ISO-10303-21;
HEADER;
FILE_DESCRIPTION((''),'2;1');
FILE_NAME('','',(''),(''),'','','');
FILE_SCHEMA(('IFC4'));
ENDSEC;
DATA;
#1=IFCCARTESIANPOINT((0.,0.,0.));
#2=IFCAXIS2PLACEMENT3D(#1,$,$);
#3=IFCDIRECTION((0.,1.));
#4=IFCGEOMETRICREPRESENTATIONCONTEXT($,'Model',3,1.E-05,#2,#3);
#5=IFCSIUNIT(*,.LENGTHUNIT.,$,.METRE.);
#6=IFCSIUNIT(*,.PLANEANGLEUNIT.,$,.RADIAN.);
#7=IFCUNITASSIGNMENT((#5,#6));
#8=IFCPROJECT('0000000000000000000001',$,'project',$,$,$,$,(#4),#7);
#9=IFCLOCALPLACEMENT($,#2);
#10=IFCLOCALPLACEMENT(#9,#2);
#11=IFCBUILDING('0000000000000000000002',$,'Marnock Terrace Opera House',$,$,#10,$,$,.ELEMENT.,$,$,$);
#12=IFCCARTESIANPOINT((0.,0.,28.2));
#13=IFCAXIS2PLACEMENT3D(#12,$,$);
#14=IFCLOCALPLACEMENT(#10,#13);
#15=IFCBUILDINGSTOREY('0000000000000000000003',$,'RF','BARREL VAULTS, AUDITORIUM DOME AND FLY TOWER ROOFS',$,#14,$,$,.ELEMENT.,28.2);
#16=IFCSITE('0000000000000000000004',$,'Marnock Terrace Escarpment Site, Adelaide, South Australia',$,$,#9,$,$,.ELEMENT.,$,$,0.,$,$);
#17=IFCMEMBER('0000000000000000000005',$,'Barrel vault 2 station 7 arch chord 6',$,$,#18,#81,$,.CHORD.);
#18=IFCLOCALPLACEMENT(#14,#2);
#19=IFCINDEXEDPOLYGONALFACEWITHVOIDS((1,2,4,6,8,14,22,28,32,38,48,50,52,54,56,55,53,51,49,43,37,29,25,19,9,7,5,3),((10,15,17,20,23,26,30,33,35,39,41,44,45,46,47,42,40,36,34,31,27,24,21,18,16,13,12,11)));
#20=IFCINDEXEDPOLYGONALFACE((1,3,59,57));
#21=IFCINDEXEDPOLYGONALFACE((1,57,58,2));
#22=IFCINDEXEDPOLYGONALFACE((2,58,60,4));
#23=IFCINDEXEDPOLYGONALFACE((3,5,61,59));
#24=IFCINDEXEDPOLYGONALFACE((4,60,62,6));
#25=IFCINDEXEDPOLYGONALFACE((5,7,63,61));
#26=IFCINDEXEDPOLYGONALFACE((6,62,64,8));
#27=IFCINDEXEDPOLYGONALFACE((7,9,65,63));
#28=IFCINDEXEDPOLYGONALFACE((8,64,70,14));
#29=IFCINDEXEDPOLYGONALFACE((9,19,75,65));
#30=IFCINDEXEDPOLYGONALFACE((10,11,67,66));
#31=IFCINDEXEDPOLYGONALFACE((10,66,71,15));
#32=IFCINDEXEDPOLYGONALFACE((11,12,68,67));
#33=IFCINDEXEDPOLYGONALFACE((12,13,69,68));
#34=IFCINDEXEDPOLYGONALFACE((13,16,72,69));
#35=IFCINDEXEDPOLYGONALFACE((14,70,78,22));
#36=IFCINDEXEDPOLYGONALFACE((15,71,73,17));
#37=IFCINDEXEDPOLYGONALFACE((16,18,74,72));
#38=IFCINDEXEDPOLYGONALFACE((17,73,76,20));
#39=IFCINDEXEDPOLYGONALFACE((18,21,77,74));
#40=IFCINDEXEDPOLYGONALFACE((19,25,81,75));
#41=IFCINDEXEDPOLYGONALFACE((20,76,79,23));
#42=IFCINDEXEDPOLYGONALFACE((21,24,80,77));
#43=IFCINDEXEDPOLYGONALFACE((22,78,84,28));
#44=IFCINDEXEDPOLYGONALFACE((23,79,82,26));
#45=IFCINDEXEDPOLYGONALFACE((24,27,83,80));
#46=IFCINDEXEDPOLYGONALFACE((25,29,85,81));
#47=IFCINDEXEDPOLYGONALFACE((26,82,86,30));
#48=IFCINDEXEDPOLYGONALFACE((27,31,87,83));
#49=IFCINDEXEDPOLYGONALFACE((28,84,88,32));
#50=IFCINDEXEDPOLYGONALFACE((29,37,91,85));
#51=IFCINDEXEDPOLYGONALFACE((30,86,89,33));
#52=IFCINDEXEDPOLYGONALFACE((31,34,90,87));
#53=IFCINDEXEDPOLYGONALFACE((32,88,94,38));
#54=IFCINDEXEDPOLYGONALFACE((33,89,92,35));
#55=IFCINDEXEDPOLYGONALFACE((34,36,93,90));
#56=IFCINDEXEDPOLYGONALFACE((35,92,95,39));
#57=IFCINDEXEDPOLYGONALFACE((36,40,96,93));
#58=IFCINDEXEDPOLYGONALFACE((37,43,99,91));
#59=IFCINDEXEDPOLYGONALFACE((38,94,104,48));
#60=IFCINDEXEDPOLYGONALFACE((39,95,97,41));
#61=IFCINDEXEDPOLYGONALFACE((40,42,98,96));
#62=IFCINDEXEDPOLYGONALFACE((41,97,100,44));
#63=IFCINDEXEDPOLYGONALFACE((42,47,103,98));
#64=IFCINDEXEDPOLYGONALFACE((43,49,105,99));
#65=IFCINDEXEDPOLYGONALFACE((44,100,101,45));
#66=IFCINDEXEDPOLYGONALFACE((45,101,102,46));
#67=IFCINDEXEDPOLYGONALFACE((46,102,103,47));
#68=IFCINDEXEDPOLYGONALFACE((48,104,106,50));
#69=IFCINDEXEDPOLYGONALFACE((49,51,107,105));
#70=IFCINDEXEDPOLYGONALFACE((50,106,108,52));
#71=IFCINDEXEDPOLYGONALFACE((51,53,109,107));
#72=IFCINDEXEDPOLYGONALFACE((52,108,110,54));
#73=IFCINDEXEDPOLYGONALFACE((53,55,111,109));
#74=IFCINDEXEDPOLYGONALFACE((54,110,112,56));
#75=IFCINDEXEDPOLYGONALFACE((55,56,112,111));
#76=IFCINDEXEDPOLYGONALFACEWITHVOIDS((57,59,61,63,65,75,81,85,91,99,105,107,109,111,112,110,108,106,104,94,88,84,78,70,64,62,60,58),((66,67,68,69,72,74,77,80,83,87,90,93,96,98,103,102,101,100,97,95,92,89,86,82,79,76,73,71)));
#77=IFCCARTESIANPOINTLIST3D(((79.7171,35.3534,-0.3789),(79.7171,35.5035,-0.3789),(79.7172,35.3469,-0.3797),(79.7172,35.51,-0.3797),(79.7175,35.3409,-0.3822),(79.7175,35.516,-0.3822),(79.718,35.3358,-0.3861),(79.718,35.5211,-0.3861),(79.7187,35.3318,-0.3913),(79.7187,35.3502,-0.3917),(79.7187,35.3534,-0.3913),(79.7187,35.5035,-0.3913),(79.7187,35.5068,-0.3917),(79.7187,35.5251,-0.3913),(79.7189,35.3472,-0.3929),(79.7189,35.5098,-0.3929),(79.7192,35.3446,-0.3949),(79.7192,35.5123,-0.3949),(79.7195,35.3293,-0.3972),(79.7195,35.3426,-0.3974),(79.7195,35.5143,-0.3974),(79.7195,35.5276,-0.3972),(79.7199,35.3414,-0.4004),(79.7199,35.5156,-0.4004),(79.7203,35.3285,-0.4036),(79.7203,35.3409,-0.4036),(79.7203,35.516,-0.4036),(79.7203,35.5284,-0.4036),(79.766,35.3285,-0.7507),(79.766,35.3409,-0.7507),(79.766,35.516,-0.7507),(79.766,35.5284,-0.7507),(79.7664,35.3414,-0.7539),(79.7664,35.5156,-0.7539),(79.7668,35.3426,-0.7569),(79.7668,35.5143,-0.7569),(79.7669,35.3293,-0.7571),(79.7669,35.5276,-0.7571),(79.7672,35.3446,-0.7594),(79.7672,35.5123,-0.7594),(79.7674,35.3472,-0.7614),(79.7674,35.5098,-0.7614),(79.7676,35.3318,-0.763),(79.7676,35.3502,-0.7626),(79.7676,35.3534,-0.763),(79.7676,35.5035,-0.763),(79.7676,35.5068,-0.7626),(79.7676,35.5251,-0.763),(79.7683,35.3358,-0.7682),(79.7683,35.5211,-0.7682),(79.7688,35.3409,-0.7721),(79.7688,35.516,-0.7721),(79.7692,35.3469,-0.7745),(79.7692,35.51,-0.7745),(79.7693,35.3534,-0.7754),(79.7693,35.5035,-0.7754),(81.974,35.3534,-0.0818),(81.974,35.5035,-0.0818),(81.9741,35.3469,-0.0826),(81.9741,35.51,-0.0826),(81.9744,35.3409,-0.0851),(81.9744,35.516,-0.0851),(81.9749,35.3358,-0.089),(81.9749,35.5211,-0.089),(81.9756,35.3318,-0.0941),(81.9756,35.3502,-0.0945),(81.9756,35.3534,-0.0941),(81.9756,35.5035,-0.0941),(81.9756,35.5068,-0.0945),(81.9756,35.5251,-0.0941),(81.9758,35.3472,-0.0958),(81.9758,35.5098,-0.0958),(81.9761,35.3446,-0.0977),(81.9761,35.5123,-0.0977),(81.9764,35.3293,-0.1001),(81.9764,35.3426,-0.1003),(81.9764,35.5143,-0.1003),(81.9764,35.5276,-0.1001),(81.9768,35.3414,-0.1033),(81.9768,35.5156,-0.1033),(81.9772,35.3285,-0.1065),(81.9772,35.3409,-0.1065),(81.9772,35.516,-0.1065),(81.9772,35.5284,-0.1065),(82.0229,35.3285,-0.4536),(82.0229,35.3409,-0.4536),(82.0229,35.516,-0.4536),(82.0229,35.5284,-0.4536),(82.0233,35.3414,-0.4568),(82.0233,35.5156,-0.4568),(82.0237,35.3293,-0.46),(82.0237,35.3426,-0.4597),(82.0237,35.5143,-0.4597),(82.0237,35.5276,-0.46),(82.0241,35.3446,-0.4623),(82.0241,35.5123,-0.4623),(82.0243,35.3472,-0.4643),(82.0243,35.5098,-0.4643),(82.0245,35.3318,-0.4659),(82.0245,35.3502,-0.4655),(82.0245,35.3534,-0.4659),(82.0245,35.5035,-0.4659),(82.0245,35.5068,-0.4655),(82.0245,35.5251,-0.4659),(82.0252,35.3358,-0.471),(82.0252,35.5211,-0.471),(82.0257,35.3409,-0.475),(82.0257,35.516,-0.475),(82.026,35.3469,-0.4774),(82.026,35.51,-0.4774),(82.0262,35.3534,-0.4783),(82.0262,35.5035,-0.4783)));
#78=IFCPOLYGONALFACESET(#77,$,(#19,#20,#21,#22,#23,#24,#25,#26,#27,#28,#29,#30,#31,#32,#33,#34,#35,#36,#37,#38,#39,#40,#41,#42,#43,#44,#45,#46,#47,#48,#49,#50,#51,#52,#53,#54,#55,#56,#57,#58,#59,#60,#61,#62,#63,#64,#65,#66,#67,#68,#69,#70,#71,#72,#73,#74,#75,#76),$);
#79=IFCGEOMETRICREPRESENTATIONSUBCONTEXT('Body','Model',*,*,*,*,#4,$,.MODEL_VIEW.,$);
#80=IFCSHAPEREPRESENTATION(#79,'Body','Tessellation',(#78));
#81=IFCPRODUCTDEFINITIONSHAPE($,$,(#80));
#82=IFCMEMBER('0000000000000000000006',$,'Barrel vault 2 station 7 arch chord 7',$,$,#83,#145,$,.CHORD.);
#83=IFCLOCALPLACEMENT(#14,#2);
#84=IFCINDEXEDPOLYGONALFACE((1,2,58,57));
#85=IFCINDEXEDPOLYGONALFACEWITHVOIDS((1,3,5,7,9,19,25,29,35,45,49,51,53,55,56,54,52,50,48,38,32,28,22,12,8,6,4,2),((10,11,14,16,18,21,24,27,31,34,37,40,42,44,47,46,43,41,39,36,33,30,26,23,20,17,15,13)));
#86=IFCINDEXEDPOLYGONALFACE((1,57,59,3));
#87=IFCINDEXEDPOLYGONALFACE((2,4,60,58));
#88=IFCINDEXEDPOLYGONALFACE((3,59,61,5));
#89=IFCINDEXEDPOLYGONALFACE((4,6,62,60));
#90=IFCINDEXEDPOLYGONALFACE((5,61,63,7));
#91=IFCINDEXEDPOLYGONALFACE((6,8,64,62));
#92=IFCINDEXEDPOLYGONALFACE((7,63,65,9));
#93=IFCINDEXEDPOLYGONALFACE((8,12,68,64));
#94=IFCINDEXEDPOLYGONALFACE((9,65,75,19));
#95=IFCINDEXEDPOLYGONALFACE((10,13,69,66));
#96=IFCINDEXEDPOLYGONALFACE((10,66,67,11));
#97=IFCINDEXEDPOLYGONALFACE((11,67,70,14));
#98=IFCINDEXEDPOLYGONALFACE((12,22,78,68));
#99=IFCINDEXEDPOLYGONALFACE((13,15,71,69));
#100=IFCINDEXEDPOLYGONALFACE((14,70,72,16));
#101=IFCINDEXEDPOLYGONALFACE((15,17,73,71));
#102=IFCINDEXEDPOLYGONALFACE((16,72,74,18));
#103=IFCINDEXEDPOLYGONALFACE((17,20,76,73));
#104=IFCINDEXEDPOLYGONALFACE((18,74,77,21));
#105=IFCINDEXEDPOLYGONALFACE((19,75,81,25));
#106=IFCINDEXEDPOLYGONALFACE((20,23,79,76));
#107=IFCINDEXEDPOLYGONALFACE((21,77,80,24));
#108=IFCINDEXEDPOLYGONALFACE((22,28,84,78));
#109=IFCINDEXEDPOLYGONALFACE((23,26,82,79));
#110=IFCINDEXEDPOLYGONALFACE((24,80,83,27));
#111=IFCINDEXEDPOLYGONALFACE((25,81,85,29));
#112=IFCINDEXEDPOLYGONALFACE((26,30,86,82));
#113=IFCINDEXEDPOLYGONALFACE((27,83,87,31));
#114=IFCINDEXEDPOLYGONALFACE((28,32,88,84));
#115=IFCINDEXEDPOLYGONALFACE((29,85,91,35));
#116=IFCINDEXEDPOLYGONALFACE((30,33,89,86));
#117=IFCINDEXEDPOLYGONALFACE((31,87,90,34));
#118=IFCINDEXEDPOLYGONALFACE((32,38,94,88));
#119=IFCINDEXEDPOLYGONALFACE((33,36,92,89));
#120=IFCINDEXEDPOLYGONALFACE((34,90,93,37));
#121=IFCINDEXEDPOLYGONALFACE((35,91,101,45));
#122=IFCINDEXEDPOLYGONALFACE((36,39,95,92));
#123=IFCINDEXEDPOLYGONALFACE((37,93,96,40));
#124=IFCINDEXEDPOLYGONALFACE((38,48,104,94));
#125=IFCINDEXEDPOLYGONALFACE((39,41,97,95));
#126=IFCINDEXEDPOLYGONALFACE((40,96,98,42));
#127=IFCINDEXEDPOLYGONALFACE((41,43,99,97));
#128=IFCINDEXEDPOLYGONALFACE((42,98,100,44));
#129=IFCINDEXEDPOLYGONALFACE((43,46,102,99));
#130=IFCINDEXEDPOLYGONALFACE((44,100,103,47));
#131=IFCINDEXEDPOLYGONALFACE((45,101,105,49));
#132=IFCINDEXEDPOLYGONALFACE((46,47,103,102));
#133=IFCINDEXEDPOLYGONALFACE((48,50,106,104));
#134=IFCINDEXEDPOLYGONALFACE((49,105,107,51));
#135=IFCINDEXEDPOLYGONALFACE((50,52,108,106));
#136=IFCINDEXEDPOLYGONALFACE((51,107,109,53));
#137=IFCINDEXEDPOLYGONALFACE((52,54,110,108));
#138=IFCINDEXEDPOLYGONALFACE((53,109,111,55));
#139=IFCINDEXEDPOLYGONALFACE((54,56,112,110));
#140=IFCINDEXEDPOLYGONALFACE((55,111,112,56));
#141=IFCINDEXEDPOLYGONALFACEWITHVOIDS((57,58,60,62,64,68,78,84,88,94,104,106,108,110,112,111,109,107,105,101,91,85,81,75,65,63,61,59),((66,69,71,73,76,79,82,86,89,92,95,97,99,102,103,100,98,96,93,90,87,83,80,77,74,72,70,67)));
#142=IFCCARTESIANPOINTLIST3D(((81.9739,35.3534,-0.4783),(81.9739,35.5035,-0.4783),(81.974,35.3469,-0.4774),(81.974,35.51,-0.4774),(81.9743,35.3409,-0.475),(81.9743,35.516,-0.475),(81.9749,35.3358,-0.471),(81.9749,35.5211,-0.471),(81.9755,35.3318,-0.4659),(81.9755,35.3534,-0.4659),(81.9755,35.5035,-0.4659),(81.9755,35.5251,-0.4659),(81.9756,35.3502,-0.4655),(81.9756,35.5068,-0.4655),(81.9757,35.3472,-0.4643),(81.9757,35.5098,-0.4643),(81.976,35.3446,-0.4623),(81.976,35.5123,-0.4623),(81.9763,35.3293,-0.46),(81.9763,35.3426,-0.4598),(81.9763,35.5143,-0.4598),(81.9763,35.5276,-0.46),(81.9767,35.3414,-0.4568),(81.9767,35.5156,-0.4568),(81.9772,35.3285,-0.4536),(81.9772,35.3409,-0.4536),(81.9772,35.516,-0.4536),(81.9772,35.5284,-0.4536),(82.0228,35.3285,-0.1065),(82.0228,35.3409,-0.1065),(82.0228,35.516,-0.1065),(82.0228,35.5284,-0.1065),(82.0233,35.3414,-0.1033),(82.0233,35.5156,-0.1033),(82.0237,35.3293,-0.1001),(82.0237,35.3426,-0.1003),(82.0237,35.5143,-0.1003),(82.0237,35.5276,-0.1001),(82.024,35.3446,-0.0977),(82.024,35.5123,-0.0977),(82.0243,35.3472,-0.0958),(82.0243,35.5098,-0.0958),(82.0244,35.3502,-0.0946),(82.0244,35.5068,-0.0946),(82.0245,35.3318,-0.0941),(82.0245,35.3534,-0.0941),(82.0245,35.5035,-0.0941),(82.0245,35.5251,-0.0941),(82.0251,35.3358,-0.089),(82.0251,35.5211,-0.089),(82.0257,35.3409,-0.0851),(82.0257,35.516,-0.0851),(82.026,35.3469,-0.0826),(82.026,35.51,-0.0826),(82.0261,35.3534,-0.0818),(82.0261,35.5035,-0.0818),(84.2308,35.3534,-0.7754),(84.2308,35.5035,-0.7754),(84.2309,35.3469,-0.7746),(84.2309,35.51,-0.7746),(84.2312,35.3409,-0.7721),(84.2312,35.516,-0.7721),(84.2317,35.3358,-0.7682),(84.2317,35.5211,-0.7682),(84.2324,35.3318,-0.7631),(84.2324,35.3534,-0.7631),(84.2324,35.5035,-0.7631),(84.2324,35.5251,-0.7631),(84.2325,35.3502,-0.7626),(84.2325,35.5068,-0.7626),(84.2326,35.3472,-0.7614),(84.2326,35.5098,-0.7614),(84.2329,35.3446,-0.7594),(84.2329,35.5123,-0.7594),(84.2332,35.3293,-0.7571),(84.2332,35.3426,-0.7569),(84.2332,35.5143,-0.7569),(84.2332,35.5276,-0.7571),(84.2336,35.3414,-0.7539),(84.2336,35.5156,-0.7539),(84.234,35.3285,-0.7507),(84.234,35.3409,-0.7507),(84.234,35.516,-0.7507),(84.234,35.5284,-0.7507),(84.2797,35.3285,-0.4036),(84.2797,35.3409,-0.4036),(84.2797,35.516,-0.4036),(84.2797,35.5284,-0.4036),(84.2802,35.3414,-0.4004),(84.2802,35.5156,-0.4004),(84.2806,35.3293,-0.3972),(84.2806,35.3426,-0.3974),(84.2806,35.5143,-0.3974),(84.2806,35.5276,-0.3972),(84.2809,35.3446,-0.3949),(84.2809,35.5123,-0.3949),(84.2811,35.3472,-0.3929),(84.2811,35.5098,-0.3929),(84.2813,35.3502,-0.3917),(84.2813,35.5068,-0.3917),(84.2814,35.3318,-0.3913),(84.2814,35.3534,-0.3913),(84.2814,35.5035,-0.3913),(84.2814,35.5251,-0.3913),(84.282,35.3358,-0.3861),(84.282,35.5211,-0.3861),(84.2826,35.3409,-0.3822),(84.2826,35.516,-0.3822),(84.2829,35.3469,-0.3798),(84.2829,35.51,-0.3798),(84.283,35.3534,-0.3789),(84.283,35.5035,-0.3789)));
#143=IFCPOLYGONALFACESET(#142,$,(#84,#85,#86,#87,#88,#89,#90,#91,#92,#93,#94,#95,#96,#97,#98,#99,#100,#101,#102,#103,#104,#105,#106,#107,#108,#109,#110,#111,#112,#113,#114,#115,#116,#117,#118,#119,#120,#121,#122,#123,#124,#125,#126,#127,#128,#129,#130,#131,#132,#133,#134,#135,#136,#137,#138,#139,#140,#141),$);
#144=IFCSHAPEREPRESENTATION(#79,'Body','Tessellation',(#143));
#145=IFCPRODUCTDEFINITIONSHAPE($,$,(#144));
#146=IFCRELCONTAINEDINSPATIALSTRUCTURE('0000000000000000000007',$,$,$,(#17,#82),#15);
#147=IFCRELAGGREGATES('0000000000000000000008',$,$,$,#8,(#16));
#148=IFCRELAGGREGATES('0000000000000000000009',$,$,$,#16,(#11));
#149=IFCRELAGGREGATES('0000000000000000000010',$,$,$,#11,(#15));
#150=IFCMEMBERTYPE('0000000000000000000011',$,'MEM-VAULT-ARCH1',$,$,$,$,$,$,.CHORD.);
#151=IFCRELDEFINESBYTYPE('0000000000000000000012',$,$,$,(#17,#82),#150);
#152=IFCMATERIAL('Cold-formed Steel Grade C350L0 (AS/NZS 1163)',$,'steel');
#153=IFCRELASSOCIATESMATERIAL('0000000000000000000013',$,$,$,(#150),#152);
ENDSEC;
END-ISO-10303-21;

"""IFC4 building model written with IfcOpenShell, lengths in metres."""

from ifc_helpers import new_model, si_unit, direction, frame, origin, origin_2d, place, context, subcontext, project, spatial, hollow_rectangle, extrude, material, material_profile, profile_set, type_object, element, save


model = new_model("IFC4")

# Units and contexts
model_context = context("Model", 3, precision=1e-05, world=origin(), true_north=direction((0.0, 1.0)))
body_context = subcontext(model_context, "Body", "Model", "MODEL_VIEW")
ifc_project = project(units=[si_unit("LENGTHUNIT", "METRE"), si_unit("PLANEANGLEUNIT", "RADIAN")], contexts=[model_context])

# Site, building, storey
site_placement = place(None, origin())
site = spatial("IfcSite", under=ifc_project, at=site_placement, Name="Marnock Terrace Escarpment Site, Adelaide, South Australia", CompositionType="ELEMENT", RefElevation=0.0)
building_placement = place(site_placement, origin())
building = spatial("IfcBuilding", under=site, at=building_placement, Name="Marnock Terrace Opera House", CompositionType="ELEMENT")
storey_placement = place(building_placement, frame((0.0, 0.0, 28.2)))
storey = spatial("IfcBuildingStorey", under=building, at=storey_placement, Name="RF", Description="BARREL VAULTS, AUDITORIUM DOME AND FLY TOWER ROOFS", CompositionType="ELEMENT", Elevation=28.2)

# Members
ifc_material_1 = material(Name="Cold-formed Steel Grade C350L0 (AS/NZS 1163)", Category="steel")
ifc_material_profile_1 = material_profile(ifc_material_1, hollow_rectangle(XDim=0.2, YDim=0.3999, WallThickness=0.0125, InnerFilletRadius=0.0125, OuterFilletRadius=0.0249, at=origin_2d()))
ifc_profile_set_1 = profile_set([ifc_material_profile_1], Name="Cold-formed Steel Grade C350L0 (AS/NZS 1163)")
member_type_1 = type_object("IfcMemberType", Name="MEM-VAULT-ARCH1", PredefinedType="CHORD", material=ifc_profile_set_1)
for number, where, z_axis, x_axis, name in (
    (1, (79.7432, 35.4285, -0.5771), (0.991445, 0.0, 0.130527), (0.0, 1.0, 0.0), "Barrel vault 2 station 7 arch chord 6"),
    (2, (82.0, 35.4285, -0.28), (0.991445, 0.0, -0.130527), (0.0, 1.0, 0.0), "Barrel vault 2 station 7 arch chord 7"),
):
    element("IfcMember", number, at=place(storey_placement, frame(where, z_axis=z_axis, x_axis=x_axis)), inside=storey, type_object=member_type_1, Name=name, PredefinedType="CHORD", context=body_context, shape_type="SweptSolid", body=[
        extrude(hollow_rectangle(XDim=0.2, YDim=0.3999, WallThickness=0.0125, InnerFilletRadius=0.0125, OuterFilletRadius=0.0249, at=origin_2d()), origin(), (0.0, 0.0, 1.0), 2.2764),
    ])

save(model, "model.ifc")
